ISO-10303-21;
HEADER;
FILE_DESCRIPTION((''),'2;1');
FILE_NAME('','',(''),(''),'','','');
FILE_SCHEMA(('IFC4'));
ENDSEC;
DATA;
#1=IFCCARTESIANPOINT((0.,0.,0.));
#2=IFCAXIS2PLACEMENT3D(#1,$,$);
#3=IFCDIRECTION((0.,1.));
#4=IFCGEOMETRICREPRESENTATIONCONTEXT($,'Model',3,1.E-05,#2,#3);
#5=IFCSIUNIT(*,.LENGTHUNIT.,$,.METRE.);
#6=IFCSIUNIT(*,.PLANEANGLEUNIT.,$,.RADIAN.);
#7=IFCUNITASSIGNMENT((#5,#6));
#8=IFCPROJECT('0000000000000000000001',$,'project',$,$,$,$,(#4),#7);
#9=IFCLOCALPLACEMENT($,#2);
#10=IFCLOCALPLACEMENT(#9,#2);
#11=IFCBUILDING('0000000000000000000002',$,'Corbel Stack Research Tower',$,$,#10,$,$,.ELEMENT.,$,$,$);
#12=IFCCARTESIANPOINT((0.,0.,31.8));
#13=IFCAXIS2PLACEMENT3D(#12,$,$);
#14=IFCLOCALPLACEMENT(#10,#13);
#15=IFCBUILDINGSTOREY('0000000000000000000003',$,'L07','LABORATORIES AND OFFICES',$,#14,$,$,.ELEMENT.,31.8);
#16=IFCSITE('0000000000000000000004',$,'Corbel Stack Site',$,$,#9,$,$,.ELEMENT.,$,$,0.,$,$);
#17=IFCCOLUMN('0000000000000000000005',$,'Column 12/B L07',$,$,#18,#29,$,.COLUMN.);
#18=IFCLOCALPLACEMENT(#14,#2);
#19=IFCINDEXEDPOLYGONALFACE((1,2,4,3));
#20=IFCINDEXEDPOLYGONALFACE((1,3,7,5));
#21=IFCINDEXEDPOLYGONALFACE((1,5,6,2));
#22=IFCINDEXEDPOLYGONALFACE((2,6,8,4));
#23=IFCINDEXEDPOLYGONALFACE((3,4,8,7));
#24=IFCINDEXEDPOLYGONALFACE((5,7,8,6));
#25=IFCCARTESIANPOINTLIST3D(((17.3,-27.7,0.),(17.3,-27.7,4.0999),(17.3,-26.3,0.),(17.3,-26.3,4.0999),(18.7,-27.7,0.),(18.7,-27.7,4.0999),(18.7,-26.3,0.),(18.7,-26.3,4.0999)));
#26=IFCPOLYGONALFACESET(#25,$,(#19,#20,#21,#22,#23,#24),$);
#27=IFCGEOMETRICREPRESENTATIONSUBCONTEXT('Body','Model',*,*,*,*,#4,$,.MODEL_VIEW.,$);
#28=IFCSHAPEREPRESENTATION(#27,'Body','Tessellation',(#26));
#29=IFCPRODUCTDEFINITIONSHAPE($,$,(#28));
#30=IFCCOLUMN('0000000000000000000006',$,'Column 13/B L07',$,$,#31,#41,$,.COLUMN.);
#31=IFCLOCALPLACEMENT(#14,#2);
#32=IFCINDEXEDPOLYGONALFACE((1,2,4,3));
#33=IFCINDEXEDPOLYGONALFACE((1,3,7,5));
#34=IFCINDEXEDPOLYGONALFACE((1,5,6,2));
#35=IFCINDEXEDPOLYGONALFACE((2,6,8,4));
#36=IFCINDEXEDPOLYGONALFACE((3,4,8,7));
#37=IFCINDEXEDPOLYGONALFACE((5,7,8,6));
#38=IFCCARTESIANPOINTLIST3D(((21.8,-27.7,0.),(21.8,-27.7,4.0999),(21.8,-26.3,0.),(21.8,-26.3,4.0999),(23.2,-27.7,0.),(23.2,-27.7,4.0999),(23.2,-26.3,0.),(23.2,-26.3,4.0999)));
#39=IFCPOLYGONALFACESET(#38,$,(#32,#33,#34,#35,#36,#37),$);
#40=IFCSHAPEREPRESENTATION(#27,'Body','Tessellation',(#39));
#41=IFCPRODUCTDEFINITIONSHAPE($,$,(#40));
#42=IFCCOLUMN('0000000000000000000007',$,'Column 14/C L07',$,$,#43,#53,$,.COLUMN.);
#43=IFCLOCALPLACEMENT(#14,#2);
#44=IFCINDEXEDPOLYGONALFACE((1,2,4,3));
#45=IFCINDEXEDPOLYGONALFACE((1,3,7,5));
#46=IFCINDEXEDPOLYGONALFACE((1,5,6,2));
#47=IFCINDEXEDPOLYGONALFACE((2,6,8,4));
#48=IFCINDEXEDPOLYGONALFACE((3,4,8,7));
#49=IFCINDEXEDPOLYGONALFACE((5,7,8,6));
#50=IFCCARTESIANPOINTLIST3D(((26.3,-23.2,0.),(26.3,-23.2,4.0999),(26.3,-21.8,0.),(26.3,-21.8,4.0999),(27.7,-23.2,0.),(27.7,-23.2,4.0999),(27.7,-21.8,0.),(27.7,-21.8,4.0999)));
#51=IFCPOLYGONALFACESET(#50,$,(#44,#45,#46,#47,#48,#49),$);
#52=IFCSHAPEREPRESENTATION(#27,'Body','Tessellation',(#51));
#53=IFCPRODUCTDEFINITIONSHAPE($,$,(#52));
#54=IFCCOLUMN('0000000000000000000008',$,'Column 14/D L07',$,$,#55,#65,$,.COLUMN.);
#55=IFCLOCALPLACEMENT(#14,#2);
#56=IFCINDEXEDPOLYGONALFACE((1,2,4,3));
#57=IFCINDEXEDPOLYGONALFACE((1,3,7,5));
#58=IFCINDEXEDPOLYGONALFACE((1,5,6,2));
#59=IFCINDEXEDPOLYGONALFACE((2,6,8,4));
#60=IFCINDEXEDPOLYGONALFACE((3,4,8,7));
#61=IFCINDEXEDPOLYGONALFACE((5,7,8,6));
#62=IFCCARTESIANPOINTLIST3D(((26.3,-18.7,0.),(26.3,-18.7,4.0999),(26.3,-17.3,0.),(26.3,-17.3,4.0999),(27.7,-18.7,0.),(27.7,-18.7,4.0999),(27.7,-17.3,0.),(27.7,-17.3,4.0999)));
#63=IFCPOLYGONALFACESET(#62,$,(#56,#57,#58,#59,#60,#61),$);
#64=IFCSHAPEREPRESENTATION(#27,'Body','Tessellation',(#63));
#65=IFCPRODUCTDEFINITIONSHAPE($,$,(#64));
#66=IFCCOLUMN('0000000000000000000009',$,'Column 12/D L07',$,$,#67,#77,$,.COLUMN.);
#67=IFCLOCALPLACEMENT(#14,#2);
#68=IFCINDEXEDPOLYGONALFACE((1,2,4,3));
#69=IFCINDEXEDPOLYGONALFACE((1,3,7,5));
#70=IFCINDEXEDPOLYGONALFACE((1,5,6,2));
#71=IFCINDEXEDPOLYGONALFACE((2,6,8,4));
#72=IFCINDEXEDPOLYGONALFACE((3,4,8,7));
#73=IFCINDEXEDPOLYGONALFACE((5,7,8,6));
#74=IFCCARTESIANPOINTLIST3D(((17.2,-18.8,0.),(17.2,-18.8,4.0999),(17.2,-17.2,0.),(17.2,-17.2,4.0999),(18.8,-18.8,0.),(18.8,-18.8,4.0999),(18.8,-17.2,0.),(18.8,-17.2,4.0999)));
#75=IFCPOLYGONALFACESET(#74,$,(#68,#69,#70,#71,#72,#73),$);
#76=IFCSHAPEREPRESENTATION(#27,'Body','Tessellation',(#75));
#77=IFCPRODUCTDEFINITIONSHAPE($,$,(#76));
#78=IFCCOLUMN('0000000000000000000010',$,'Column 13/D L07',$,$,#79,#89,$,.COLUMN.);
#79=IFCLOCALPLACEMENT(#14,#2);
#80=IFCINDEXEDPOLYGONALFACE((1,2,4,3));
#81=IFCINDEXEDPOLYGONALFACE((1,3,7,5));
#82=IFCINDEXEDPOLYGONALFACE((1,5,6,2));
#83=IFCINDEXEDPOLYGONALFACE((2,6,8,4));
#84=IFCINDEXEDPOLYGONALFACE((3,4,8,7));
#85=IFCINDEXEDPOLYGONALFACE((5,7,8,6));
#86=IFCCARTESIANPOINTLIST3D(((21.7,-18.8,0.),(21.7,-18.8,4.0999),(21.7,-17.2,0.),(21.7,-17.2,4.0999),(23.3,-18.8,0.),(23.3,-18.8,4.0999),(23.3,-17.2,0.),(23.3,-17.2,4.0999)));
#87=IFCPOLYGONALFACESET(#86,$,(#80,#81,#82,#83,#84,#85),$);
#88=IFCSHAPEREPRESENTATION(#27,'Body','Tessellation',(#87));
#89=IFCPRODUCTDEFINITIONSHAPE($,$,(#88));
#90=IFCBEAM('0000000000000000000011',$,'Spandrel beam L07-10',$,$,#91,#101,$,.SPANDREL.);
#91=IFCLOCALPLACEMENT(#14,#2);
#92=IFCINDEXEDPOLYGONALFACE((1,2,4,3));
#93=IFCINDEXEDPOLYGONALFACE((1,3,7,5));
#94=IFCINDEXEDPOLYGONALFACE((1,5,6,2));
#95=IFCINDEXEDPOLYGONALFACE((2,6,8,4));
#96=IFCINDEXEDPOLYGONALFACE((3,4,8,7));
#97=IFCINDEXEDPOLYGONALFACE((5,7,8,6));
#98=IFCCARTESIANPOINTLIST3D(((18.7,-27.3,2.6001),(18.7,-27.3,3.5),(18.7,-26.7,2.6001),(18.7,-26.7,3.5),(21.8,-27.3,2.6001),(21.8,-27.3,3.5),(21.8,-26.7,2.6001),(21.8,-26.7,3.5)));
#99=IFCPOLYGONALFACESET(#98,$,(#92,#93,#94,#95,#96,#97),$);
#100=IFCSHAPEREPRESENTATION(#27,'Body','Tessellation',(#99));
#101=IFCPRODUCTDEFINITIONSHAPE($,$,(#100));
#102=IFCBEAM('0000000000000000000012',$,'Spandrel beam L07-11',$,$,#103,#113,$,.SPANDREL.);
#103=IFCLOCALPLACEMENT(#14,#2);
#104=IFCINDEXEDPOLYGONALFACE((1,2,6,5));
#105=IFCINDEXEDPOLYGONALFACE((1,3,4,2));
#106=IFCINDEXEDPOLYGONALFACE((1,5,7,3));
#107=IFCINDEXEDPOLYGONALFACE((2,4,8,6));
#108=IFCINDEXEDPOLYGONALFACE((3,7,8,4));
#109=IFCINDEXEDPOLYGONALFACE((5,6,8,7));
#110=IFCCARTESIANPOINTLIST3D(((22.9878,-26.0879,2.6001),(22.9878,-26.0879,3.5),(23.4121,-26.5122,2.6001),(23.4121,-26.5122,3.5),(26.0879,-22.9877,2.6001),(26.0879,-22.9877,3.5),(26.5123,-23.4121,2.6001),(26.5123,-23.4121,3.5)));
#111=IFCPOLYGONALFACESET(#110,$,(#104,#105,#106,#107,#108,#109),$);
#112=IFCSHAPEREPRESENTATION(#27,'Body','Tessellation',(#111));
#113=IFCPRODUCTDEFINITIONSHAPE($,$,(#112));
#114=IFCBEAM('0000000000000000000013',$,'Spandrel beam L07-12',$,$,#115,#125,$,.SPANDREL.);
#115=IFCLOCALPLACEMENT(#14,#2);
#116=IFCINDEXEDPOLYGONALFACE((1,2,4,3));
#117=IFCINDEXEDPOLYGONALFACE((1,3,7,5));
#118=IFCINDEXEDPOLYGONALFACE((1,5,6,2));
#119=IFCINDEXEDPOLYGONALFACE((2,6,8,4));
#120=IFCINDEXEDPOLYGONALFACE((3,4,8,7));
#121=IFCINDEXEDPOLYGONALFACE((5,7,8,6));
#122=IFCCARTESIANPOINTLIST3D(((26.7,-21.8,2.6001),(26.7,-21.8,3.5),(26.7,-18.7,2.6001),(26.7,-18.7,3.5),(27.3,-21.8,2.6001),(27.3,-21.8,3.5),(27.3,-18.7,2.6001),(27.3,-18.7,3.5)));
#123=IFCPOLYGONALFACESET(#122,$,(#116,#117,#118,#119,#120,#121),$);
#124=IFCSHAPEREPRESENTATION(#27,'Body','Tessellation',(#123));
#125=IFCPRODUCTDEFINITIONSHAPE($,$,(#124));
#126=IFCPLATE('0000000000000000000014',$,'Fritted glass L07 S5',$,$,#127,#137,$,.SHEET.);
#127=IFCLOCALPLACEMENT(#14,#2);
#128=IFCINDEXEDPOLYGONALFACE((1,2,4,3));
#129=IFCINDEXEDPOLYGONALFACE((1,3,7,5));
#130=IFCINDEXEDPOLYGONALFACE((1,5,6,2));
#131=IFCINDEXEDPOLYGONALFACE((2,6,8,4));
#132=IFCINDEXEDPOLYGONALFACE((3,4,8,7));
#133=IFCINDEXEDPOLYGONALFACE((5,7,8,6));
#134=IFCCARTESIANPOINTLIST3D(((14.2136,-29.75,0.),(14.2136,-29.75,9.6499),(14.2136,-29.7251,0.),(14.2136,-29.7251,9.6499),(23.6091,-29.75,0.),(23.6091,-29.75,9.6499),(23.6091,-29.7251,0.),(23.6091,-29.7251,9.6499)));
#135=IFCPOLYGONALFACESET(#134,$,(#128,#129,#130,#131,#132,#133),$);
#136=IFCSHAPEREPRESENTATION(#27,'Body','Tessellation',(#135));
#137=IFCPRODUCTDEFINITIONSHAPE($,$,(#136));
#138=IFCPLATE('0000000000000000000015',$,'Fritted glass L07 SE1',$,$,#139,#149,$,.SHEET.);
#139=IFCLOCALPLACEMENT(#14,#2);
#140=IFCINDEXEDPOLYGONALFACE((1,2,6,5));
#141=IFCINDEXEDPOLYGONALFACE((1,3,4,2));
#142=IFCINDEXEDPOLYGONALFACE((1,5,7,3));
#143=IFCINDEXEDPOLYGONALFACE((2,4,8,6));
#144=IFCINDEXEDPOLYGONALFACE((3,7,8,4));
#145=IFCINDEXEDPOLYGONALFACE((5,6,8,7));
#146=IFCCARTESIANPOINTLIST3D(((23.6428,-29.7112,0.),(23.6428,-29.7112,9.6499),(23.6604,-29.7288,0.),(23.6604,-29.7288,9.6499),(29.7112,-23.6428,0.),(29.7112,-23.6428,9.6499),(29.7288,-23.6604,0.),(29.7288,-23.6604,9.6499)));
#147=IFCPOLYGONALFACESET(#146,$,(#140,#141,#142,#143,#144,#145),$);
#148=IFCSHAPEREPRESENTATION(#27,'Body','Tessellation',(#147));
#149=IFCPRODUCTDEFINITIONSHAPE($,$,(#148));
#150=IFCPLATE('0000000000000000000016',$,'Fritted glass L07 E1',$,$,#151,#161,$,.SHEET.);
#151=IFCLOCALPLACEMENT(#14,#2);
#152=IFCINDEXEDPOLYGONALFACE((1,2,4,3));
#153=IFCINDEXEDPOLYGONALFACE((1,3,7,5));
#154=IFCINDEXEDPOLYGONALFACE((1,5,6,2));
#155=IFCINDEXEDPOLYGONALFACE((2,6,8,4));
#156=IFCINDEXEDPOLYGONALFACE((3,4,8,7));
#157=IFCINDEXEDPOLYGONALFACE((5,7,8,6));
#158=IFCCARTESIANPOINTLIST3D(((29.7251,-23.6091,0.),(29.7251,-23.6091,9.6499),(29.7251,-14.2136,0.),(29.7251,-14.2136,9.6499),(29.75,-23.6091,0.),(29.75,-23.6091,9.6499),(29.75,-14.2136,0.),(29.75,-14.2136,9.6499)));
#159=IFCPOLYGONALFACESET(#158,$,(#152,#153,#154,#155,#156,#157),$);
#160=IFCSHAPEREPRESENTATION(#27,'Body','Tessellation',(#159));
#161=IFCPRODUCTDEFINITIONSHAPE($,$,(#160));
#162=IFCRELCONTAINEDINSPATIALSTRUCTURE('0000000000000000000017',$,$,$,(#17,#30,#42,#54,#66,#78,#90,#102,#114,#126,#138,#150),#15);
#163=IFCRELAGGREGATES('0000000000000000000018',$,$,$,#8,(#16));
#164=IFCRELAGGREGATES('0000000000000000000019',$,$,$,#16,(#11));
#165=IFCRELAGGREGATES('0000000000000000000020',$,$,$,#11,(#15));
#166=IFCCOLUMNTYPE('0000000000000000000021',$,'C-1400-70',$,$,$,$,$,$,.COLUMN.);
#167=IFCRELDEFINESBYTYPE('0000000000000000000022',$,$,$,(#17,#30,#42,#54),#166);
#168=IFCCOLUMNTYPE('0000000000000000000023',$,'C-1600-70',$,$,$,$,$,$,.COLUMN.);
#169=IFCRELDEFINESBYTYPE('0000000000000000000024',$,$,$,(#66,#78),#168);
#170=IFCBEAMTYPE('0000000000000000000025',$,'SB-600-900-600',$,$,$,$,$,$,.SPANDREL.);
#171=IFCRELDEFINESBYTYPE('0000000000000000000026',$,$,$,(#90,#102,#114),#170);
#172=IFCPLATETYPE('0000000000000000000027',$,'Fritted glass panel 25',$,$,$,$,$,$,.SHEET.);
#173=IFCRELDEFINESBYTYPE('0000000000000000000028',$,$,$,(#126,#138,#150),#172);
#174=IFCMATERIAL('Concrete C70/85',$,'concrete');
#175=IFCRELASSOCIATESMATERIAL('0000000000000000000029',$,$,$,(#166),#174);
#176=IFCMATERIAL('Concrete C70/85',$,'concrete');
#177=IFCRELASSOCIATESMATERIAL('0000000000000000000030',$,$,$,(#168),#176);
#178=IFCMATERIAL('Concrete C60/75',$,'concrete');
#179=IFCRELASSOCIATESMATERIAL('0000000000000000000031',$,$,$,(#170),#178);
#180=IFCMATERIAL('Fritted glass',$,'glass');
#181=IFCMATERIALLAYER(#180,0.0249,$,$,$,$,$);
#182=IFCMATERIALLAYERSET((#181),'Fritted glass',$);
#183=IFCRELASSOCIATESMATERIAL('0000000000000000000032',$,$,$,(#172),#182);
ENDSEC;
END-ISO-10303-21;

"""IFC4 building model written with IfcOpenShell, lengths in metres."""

from ifc_helpers import new_model, si_unit, direction, frame, origin, origin_2d, place, context, subcontext, project, spatial, rectangle, extrude, material, layer, layer_set, material_profile, profile_set, type_object, element, save


model = new_model("IFC4")

# Units and contexts
model_context = context("Model", 3, precision=1e-05, world=origin(), true_north=direction((0.0, 1.0)))
body_context = subcontext(model_context, "Body", "Model", "MODEL_VIEW")
ifc_project = project(units=[si_unit("LENGTHUNIT", "METRE"), si_unit("PLANEANGLEUNIT", "RADIAN")], contexts=[model_context])

# Site, building, storey
site_placement = place(None, origin())
site = spatial("IfcSite", under=ifc_project, at=site_placement, Name="Corbel Stack Site", CompositionType="ELEMENT", RefElevation=0.0)
building_placement = place(site_placement, origin())
building = spatial("IfcBuilding", under=site, at=building_placement, Name="Corbel Stack Research Tower", CompositionType="ELEMENT")
storey_placement = place(building_placement, frame((0.0, 0.0, 31.8)))
storey = spatial("IfcBuildingStorey", under=building, at=storey_placement, Name="L07", Description="LABORATORIES AND OFFICES", CompositionType="ELEMENT", Elevation=31.8)

# Columns
ifc_material_1 = material(Name="Concrete C70/85", Category="concrete")
ifc_material_profile_1 = material_profile(ifc_material_1, rectangle(XDim=1.3999, YDim=1.3999, at=origin_2d()), Name="RC 1400 x 1400")
ifc_profile_set_1 = profile_set([ifc_material_profile_1], Name="Concrete C70/85")
column_type_1 = type_object("IfcColumnType", Name="C-1400-70", PredefinedType="COLUMN", material=ifc_profile_set_1)
for number, where, z_axis, x_axis, name in (
    (1, (18.0, -27.0, 0.0), (0.0, 0.0, 1.0), (1.0, 0.0, 0.0), "Column 12/B L07"),
    (2, (22.5, -27.0, 0.0), (0.0, 0.0, 1.0), (1.0, 0.0, 0.0), "Column 13/B L07"),
    (3, (27.0, -22.5, 0.0), (0.0, 0.0, 1.0), (1.0, 0.0, 0.0), "Column 14/C L07"),
    (4, (27.0, -18.0, 0.0), (0.0, 0.0, 1.0), (1.0, 0.0, 0.0), "Column 14/D L07"),
):
    element("IfcColumn", number, at=place(storey_placement, frame(where, z_axis=z_axis, x_axis=x_axis)), inside=storey, type_object=column_type_1, Name=name, PredefinedType="COLUMN", context=body_context, shape_type="SweptSolid", body=[
        extrude(rectangle(XDim=1.3999, YDim=1.3999, at=origin_2d()), origin(), (0.0, 0.0, 1.0), 4.0999),
    ])
ifc_material_2 = material(Name="Concrete C70/85", Category="concrete")
ifc_material_profile_2 = material_profile(ifc_material_2, rectangle(XDim=1.6001, YDim=1.6001, at=origin_2d()), Name="RC 1600 x 1600")
ifc_profile_set_2 = profile_set([ifc_material_profile_2], Name="Concrete C70/85")
column_type_2 = type_object("IfcColumnType", Name="C-1600-70", PredefinedType="COLUMN", material=ifc_profile_set_2)
for number, where, z_axis, x_axis, name in (
    (5, (18.0, -18.0, 0.0), (0.0, 0.0, 1.0), (1.0, 0.0, 0.0), "Column 12/D L07"),
    (6, (22.5, -18.0, 0.0), (0.0, 0.0, 1.0), (1.0, 0.0, 0.0), "Column 13/D L07"),
):
    element("IfcColumn", number, at=place(storey_placement, frame(where, z_axis=z_axis, x_axis=x_axis)), inside=storey, type_object=column_type_2, Name=name, PredefinedType="COLUMN", context=body_context, shape_type="SweptSolid", body=[
        extrude(rectangle(XDim=1.6001, YDim=1.6001, at=origin_2d()), origin(), (0.0, 0.0, 1.0), 4.0999),
    ])

# Beams
ifc_material_3 = material(Name="Concrete C60/75", Category="concrete")
ifc_material_profile_3 = material_profile(ifc_material_3, rectangle(XDim=0.6001, YDim=0.8999, at=origin_2d()), Name="RC 600 x 900")
ifc_profile_set_3 = profile_set([ifc_material_profile_3], Name="Concrete C60/75")
beam_type = type_object("IfcBeamType", Name="SB-600-900-600", PredefinedType="SPANDREL", material=ifc_profile_set_3)
beam_1_placement = place(storey_placement, frame((18.7, -27.0, 3.05), z_axis=(1.0, 0.0, 0.0), x_axis=(0.0, 1.0, 0.0)))
element("IfcBeam", 7, at=beam_1_placement, inside=storey, type_object=beam_type, Name="Spandrel beam L07-10", PredefinedType="SPANDREL", context=body_context, shape_type="SweptSolid", body=[
    extrude(rectangle(XDim=0.6001, YDim=0.8999, at=origin_2d()), origin(), (0.0, 0.0, 1.0), 3.1001),
])
beam_2_placement = place(storey_placement, frame((23.2, -26.3, 3.05), z_axis=(0.707107, 0.707107, 0.0), x_axis=(-0.707107, 0.707107, 0.0)))
element("IfcBeam", 8, at=beam_2_placement, inside=storey, type_object=beam_type, Name="Spandrel beam L07-11", PredefinedType="SPANDREL", context=body_context, shape_type="SweptSolid", body=[
    extrude(rectangle(XDim=0.6001, YDim=0.8999, at=origin_2d()), origin(), (0.0, 0.0, 1.0), 4.3843),
])
beam_3_placement = place(storey_placement, frame((27.0, -21.8, 3.05), z_axis=(0.0, 1.0, 0.0), x_axis=(-1.0, 0.0, 0.0)))
element("IfcBeam", 9, at=beam_3_placement, inside=storey, type_object=beam_type, Name="Spandrel beam L07-12", PredefinedType="SPANDREL", context=body_context, shape_type="SweptSolid", body=[
    extrude(rectangle(XDim=0.6001, YDim=0.8999, at=origin_2d()), origin(), (0.0, 0.0, 1.0), 3.1001),
])

# Plates
ifc_material_4 = material(Name="Fritted glass", Category="glass")
ifc_layer_1 = layer(ifc_material_4, 0.0249)
ifc_layer_set_1 = layer_set([ifc_layer_1], Name="Fritted glass")
plate_type = type_object("IfcPlateType", Name="Fritted glass panel 25", PredefinedType="SHEET", material=ifc_layer_set_1)
plate_1_placement = place(storey_placement, frame((18.9114, -29.7375, 0.0), z_axis=(0.0, 0.0, 1.0), x_axis=(1.0, 0.0, 0.0)))
element("IfcPlate", 10, at=plate_1_placement, inside=storey, type_object=plate_type, Name="Fritted glass L07 S5", PredefinedType="SHEET", context=body_context, shape_type="SweptSolid", body=[
    extrude(rectangle(XDim=9.3955, YDim=0.0249, at=origin_2d()), origin(), (0.0, 0.0, 1.0), 9.6499),
])
plate_2_placement = place(storey_placement, frame((26.6858, -26.6858, 0.0), z_axis=(0.0, 0.0, 1.0), x_axis=(0.707107, 0.707107, 0.0)))
element("IfcPlate", 11, at=plate_2_placement, inside=storey, type_object=plate_type, Name="Fritted glass L07 SE1", PredefinedType="SHEET", context=body_context, shape_type="SweptSolid", body=[
    extrude(rectangle(XDim=8.582, YDim=0.0249, at=origin_2d()), origin(), (0.0, 0.0, 1.0), 9.6499),
])
plate_3_placement = place(storey_placement, frame((29.7375, -18.9114, 0.0), z_axis=(0.0, 0.0, 1.0), x_axis=(0.0, 1.0, 0.0)))
element("IfcPlate", 12, at=plate_3_placement, inside=storey, type_object=plate_type, Name="Fritted glass L07 E1", PredefinedType="SHEET", context=body_context, shape_type="SweptSolid", body=[
    extrude(rectangle(XDim=9.3955, YDim=0.0249, at=origin_2d()), origin(), (0.0, 0.0, 1.0), 9.6499),
])

save(model, "model.ifc")
